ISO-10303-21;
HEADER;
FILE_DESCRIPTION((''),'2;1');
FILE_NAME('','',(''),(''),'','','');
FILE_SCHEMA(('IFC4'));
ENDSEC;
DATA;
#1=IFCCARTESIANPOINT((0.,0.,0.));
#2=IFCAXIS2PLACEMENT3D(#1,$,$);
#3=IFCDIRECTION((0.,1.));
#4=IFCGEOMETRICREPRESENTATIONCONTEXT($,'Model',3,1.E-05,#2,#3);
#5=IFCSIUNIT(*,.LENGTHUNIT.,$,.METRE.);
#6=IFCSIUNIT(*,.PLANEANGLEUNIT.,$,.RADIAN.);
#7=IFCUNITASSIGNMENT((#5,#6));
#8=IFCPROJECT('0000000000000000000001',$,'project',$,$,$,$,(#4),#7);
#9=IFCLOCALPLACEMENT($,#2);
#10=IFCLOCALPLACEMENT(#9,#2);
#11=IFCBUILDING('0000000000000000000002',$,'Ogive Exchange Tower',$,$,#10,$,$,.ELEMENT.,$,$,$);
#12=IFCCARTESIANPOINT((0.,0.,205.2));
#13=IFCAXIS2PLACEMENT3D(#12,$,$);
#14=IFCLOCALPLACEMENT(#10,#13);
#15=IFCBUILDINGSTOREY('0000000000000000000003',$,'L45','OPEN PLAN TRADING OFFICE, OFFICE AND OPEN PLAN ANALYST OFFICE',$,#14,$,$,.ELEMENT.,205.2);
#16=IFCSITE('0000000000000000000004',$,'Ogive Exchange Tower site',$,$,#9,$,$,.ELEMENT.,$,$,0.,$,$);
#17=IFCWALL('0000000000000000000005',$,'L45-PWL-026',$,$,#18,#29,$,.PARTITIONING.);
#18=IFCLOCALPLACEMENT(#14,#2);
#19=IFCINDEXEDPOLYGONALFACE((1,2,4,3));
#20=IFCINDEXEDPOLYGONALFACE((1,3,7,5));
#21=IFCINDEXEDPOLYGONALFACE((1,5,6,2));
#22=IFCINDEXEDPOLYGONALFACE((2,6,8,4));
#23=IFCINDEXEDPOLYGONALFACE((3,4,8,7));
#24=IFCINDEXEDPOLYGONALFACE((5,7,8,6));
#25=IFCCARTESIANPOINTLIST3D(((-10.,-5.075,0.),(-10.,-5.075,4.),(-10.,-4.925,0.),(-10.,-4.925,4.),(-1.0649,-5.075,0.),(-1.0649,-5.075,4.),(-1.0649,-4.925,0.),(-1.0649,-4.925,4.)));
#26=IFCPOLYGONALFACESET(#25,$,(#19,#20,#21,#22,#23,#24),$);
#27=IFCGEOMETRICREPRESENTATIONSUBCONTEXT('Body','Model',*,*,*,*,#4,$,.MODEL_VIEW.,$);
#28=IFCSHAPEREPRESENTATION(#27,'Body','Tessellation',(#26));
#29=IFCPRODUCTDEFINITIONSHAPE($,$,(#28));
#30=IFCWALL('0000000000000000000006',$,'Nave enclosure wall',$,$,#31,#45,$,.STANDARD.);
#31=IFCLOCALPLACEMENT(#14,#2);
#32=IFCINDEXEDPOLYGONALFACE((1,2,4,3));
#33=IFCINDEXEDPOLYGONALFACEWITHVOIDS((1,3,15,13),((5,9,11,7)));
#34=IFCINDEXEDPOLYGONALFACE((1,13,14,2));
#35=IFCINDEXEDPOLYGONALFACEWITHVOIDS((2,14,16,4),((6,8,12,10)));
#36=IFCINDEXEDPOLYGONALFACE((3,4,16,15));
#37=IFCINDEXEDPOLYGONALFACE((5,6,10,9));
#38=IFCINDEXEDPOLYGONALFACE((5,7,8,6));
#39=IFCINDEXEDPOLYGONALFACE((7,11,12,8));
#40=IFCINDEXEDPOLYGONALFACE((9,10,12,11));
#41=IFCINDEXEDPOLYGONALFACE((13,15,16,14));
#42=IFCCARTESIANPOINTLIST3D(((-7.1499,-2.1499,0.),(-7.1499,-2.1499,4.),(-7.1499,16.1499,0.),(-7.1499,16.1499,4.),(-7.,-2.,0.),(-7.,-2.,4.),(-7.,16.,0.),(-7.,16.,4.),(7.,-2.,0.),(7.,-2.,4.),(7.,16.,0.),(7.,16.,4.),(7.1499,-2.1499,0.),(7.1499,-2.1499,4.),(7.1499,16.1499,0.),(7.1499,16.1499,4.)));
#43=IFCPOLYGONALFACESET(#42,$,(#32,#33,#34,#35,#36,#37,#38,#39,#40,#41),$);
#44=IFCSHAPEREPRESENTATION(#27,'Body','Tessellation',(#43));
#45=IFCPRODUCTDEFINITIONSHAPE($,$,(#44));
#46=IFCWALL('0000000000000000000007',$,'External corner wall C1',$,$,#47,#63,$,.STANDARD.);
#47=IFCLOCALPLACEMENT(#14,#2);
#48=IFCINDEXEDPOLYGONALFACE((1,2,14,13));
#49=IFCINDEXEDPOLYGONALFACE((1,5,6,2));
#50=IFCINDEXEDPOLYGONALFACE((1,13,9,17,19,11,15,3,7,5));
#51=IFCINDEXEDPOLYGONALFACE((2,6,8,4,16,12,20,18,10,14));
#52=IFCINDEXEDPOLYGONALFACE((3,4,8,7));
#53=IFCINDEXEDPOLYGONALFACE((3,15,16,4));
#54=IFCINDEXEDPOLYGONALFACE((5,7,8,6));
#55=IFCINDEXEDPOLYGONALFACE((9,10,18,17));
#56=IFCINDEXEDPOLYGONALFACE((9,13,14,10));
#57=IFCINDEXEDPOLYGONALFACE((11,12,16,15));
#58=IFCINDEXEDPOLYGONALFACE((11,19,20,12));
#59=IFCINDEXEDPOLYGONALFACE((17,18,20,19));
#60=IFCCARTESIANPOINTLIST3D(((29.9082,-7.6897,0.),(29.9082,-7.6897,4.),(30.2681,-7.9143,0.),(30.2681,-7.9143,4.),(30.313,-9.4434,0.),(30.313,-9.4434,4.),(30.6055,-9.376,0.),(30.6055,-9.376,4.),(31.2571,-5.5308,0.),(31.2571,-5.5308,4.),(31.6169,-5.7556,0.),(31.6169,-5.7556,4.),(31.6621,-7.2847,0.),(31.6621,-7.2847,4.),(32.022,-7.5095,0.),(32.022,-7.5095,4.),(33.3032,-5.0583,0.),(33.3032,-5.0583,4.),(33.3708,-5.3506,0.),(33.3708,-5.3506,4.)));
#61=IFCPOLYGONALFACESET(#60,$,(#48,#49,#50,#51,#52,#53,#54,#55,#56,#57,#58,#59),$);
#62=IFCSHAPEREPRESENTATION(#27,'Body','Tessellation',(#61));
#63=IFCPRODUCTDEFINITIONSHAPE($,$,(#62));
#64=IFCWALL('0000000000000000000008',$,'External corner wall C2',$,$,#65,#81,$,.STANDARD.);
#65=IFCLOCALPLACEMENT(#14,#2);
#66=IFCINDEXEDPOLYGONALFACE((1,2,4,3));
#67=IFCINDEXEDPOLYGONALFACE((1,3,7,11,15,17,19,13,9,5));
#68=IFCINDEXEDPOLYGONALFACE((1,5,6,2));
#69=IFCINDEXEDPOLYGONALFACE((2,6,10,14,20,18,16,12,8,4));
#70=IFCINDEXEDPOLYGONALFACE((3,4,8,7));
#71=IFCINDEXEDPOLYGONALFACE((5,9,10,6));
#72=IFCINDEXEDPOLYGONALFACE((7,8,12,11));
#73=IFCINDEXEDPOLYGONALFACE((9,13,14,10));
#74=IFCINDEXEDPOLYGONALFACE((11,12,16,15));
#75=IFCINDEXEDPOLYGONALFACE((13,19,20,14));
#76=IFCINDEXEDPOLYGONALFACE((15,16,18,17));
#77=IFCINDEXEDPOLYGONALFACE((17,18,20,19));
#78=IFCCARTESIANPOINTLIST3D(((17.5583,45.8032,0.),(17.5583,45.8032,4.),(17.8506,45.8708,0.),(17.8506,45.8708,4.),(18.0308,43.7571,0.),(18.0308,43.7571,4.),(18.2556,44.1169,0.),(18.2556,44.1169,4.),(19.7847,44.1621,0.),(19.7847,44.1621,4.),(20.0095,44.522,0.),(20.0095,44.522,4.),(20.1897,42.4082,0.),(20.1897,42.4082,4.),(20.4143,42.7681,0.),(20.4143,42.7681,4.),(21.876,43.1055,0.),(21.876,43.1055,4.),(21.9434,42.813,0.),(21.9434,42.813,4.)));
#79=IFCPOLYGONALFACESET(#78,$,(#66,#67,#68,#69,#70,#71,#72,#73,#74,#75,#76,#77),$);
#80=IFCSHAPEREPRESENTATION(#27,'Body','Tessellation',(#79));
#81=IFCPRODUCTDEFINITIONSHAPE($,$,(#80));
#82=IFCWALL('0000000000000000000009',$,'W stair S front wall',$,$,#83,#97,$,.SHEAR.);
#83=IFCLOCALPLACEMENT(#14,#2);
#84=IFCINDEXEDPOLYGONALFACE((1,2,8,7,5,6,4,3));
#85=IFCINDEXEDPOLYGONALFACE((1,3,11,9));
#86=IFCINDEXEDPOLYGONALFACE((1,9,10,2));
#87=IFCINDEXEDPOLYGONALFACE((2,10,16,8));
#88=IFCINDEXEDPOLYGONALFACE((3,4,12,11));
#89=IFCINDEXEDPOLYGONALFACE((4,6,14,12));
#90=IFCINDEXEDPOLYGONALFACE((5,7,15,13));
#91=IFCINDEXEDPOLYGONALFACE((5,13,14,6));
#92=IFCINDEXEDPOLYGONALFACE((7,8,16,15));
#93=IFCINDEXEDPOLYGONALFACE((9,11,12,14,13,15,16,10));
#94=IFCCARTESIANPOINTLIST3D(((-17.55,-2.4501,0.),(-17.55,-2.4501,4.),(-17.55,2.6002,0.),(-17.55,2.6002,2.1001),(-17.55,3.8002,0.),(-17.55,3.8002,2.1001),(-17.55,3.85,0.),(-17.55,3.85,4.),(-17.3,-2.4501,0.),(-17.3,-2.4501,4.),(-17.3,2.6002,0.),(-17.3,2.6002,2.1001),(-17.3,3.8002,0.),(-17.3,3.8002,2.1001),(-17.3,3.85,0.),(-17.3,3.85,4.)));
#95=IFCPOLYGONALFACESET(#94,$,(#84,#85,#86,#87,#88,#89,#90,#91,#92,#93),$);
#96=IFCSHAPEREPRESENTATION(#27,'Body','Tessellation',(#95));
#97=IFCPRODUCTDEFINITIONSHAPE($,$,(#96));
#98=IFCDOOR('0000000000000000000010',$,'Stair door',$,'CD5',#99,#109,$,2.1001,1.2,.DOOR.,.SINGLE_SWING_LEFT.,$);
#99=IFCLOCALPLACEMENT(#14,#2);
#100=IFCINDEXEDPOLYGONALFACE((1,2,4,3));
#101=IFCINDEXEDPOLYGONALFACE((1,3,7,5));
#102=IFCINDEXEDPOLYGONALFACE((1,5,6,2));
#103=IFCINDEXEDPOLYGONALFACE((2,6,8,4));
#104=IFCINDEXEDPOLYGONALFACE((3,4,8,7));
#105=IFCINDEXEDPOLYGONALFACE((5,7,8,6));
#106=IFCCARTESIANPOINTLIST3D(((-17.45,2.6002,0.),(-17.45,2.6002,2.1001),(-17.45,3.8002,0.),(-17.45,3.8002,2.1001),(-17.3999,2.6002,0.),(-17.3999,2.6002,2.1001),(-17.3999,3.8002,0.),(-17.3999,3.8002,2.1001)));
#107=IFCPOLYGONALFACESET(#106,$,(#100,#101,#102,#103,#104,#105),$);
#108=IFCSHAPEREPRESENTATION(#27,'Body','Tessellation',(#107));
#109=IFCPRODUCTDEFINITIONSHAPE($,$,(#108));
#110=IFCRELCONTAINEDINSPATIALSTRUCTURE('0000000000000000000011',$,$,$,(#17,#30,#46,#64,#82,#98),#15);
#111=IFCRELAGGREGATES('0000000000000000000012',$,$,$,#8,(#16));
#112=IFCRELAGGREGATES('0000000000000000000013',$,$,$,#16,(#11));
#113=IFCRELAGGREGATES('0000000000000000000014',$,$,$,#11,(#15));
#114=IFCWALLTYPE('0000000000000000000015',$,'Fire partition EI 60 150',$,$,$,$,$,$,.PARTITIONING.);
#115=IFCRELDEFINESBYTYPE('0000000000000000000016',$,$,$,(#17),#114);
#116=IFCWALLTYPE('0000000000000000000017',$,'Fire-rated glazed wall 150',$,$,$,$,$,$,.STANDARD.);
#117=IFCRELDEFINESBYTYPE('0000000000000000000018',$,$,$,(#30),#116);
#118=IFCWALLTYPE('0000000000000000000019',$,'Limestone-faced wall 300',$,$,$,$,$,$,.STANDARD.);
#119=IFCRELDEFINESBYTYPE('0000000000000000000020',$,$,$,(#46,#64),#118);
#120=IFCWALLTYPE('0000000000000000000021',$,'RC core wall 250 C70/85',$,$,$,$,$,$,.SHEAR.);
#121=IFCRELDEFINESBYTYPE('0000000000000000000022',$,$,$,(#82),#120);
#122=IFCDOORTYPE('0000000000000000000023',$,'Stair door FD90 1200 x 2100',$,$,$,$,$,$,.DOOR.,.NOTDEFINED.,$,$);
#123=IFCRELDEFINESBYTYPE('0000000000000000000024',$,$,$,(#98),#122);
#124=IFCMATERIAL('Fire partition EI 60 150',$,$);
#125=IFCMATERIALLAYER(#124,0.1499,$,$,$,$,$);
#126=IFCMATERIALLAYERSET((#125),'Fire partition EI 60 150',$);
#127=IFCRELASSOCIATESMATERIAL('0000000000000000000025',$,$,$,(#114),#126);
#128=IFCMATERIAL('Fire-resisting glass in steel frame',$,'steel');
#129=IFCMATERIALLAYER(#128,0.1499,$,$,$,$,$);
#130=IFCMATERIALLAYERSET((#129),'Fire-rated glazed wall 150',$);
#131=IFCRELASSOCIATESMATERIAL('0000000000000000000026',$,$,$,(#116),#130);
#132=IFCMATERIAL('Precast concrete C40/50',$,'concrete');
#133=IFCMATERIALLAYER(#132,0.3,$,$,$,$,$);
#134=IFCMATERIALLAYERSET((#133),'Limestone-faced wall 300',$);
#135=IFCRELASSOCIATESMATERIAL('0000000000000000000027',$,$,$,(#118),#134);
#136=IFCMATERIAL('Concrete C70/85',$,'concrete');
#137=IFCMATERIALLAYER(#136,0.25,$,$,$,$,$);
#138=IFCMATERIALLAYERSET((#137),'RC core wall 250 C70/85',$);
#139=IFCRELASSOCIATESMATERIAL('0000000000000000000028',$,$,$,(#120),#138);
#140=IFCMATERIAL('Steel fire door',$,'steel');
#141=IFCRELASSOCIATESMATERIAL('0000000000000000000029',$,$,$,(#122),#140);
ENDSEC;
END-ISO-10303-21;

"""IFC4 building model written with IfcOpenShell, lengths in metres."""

from ifc_helpers import new_model, si_unit, direction, frame, frame_2d, origin, place, context, subcontext, project, spatial, polyline, rectangle, outline, extrude, material, layer, layer_set, type_object, element, fill, save


model = new_model("IFC4")

# Units and contexts
model_context = context("Model", 3, precision=1e-05, world=origin(), true_north=direction((0.0, 1.0)))
body_context = subcontext(model_context, "Body", "Model", "MODEL_VIEW")
ifc_project = project(units=[si_unit("LENGTHUNIT", "METRE"), si_unit("PLANEANGLEUNIT", "RADIAN")], contexts=[model_context])

# Site, building, storey
site_placement = place(None, origin())
site = spatial("IfcSite", under=ifc_project, at=site_placement, Name="Ogive Exchange Tower site", CompositionType="ELEMENT", RefElevation=0.0)
building_placement = place(site_placement, origin())
building = spatial("IfcBuilding", under=site, at=building_placement, Name="Ogive Exchange Tower", CompositionType="ELEMENT")
storey_placement = place(building_placement, frame((0.0, 0.0, 205.2)))
storey = spatial("IfcBuildingStorey", under=building, at=storey_placement, Name="L45", Description="OPEN PLAN TRADING OFFICE, OFFICE AND OPEN PLAN ANALYST OFFICE", CompositionType="ELEMENT", Elevation=205.2)

# Walls
ifc_material_1 = material(Name="Fire partition EI 60 150")
ifc_layer_1 = layer(ifc_material_1, 0.1499)
ifc_layer_set_1 = layer_set([ifc_layer_1], Name="Fire partition EI 60 150")
wall_type_1 = type_object("IfcWallType", Name="Fire partition EI 60 150", PredefinedType="PARTITIONING", material=ifc_layer_set_1)
wall_1_placement = place(storey_placement, frame((-1.0649, -5.0, 0.0), z_axis=(0.0, 0.0, 1.0), x_axis=(-1.0, 0.0, 0.0)))
element("IfcWall", 1, at=wall_1_placement, inside=storey, type_object=wall_type_1, Name="L45-PWL-026", PredefinedType="PARTITIONING", context=body_context, shape_type="SweptSolid", body=[
    extrude(rectangle(XDim=8.9351, YDim=0.1499, at=frame_2d((4.4675, 0.0))), origin(), (0.0, 0.0, 1.0), 4.0),
])
ifc_material_2 = material(Name="Fire-resisting glass in steel frame", Category="steel")
ifc_layer_2 = layer(ifc_material_2, 0.1499)
ifc_layer_set_2 = layer_set([ifc_layer_2], Name="Fire-rated glazed wall 150")
wall_type_2 = type_object("IfcWallType", Name="Fire-rated glazed wall 150", PredefinedType="STANDARD", material=ifc_layer_set_2)
wall_2_placement = place(storey_placement, origin())
element("IfcWall", 2, at=wall_2_placement, inside=storey, type_object=wall_type_2, Name="Nave enclosure wall", PredefinedType="STANDARD", context=body_context, shape_type="SweptSolid", body=[
    extrude(outline(polyline([(-7.1499, -2.1499), (7.1499, -2.1499), (7.1499, 16.1499), (-7.1499, 16.1499), (-7.1499, -2.1499)]), holes=[polyline([(-7.0, -2.0), (-7.0, 16.0), (7.0, 16.0), (7.0, -2.0), (-7.0, -2.0)])]), origin(), (0.0, 0.0, 1.0), 4.0),
])
ifc_material_3 = material(Name="Precast concrete C40/50", Category="concrete")
ifc_layer_3 = layer(ifc_material_3, 0.3)
ifc_layer_set_3 = layer_set([ifc_layer_3], Name="Limestone-faced wall 300")
wall_type_3 = type_object("IfcWallType", Name="Limestone-faced wall 300", PredefinedType="STANDARD", material=ifc_layer_set_3)
wall_3_placement = place(storey_placement, origin())
element("IfcWall", 3, at=wall_3_placement, inside=storey, type_object=wall_type_3, Name="External corner wall C1", PredefinedType="STANDARD", context=body_context, shape_type="SweptSolid", body=[
    extrude(outline(polyline([(31.6621, -7.2847), (31.2571, -5.5308), (33.3032, -5.0583), (33.3708, -5.3506), (31.6169, -5.7556), (32.022, -7.5095), (30.2681, -7.9143), (30.6055, -9.376), (30.313, -9.4434), (29.9082, -7.6897), (31.6621, -7.2847)])), origin(), (0.0, 0.0, 1.0), 4.0),
])
wall_4_placement = place(storey_placement, origin())
element("IfcWall", 4, at=wall_4_placement, inside=storey, type_object=wall_type_3, Name="External corner wall C2", PredefinedType="STANDARD", context=body_context, shape_type="SweptSolid", body=[
    extrude(outline(polyline([(19.7847, 44.1621), (18.0308, 43.7571), (17.5583, 45.8032), (17.8506, 45.8708), (18.2556, 44.1169), (20.0095, 44.522), (20.4143, 42.7681), (21.876, 43.1055), (21.9434, 42.813), (20.1897, 42.4082), (19.7847, 44.1621)])), origin(), (0.0, 0.0, 1.0), 4.0),
])

# Wall, opening, door
ifc_material_4 = material(Name="Concrete C70/85", Category="concrete")
ifc_layer_4 = layer(ifc_material_4, 0.25)
ifc_layer_set_4 = layer_set([ifc_layer_4], Name="RC core wall 250 C70/85")
wall_type_4 = type_object("IfcWallType", Name="RC core wall 250 C70/85", PredefinedType="SHEAR", material=ifc_layer_set_4)
wall_5_placement = place(storey_placement, frame((-17.425, -2.45, 0.0), z_axis=(0.0, 0.0, 1.0), x_axis=(0.0, 1.0, 0.0)))
wall_5 = element("IfcWall", 5, at=wall_5_placement, inside=storey, type_object=wall_type_4, Name="W stair S front wall", PredefinedType="SHEAR", context=body_context, shape_type="SweptSolid", body=[
    extrude(rectangle(XDim=6.3, YDim=0.25, at=frame_2d((3.1499, 0.0))), origin(), (0.0, 0.0, 1.0), 4.0),
])
opening_1_placement = place(wall_5_placement, frame((5.05, 0.0, 0.0)))
opening_1 = element("IfcOpeningElement", 6, at=opening_1_placement, cuts=wall_5, PredefinedType="OPENING", context=body_context, shape_type="SweptSolid", body=[
    extrude(rectangle(XDim=1.2, YDim=2.1001, at=frame_2d((0.6001, 1.05))), frame((0.0, 0.135, 0.0), z_axis=(0.0, -1.0, 0.0), x_axis=(1.0, 0.0, 0.0)), (0.0, 0.0, 1.0), 0.27),
])
ifc_material_5 = material(Name="Steel fire door", Category="steel")
door_type_1 = type_object("IfcDoorType", Name="Stair door FD90 1200 x 2100", OperationType="NOTDEFINED", PredefinedType="DOOR", material=ifc_material_5)
door_1_placement = place(opening_1_placement, origin())
door_1 = element("IfcDoor", 7, at=door_1_placement, inside=storey, type_object=door_type_1, Name="Stair door", ObjectType="CD5", OperationType="SINGLE_SWING_LEFT", OverallHeight=2.1001, OverallWidth=1.2, PredefinedType="DOOR", context=body_context, shape_type="SweptSolid", body=[
    extrude(rectangle(XDim=1.2, YDim=2.1001, at=frame_2d((0.6001, 1.05))), frame((0.0, 0.0249, 0.0), z_axis=(0.0, -1.0, 0.0), x_axis=(1.0, 0.0, 0.0)), (0.0, 0.0, 1.0), 0.05),
])
fill(opening_1, door_1)

save(model, "model.ifc")
